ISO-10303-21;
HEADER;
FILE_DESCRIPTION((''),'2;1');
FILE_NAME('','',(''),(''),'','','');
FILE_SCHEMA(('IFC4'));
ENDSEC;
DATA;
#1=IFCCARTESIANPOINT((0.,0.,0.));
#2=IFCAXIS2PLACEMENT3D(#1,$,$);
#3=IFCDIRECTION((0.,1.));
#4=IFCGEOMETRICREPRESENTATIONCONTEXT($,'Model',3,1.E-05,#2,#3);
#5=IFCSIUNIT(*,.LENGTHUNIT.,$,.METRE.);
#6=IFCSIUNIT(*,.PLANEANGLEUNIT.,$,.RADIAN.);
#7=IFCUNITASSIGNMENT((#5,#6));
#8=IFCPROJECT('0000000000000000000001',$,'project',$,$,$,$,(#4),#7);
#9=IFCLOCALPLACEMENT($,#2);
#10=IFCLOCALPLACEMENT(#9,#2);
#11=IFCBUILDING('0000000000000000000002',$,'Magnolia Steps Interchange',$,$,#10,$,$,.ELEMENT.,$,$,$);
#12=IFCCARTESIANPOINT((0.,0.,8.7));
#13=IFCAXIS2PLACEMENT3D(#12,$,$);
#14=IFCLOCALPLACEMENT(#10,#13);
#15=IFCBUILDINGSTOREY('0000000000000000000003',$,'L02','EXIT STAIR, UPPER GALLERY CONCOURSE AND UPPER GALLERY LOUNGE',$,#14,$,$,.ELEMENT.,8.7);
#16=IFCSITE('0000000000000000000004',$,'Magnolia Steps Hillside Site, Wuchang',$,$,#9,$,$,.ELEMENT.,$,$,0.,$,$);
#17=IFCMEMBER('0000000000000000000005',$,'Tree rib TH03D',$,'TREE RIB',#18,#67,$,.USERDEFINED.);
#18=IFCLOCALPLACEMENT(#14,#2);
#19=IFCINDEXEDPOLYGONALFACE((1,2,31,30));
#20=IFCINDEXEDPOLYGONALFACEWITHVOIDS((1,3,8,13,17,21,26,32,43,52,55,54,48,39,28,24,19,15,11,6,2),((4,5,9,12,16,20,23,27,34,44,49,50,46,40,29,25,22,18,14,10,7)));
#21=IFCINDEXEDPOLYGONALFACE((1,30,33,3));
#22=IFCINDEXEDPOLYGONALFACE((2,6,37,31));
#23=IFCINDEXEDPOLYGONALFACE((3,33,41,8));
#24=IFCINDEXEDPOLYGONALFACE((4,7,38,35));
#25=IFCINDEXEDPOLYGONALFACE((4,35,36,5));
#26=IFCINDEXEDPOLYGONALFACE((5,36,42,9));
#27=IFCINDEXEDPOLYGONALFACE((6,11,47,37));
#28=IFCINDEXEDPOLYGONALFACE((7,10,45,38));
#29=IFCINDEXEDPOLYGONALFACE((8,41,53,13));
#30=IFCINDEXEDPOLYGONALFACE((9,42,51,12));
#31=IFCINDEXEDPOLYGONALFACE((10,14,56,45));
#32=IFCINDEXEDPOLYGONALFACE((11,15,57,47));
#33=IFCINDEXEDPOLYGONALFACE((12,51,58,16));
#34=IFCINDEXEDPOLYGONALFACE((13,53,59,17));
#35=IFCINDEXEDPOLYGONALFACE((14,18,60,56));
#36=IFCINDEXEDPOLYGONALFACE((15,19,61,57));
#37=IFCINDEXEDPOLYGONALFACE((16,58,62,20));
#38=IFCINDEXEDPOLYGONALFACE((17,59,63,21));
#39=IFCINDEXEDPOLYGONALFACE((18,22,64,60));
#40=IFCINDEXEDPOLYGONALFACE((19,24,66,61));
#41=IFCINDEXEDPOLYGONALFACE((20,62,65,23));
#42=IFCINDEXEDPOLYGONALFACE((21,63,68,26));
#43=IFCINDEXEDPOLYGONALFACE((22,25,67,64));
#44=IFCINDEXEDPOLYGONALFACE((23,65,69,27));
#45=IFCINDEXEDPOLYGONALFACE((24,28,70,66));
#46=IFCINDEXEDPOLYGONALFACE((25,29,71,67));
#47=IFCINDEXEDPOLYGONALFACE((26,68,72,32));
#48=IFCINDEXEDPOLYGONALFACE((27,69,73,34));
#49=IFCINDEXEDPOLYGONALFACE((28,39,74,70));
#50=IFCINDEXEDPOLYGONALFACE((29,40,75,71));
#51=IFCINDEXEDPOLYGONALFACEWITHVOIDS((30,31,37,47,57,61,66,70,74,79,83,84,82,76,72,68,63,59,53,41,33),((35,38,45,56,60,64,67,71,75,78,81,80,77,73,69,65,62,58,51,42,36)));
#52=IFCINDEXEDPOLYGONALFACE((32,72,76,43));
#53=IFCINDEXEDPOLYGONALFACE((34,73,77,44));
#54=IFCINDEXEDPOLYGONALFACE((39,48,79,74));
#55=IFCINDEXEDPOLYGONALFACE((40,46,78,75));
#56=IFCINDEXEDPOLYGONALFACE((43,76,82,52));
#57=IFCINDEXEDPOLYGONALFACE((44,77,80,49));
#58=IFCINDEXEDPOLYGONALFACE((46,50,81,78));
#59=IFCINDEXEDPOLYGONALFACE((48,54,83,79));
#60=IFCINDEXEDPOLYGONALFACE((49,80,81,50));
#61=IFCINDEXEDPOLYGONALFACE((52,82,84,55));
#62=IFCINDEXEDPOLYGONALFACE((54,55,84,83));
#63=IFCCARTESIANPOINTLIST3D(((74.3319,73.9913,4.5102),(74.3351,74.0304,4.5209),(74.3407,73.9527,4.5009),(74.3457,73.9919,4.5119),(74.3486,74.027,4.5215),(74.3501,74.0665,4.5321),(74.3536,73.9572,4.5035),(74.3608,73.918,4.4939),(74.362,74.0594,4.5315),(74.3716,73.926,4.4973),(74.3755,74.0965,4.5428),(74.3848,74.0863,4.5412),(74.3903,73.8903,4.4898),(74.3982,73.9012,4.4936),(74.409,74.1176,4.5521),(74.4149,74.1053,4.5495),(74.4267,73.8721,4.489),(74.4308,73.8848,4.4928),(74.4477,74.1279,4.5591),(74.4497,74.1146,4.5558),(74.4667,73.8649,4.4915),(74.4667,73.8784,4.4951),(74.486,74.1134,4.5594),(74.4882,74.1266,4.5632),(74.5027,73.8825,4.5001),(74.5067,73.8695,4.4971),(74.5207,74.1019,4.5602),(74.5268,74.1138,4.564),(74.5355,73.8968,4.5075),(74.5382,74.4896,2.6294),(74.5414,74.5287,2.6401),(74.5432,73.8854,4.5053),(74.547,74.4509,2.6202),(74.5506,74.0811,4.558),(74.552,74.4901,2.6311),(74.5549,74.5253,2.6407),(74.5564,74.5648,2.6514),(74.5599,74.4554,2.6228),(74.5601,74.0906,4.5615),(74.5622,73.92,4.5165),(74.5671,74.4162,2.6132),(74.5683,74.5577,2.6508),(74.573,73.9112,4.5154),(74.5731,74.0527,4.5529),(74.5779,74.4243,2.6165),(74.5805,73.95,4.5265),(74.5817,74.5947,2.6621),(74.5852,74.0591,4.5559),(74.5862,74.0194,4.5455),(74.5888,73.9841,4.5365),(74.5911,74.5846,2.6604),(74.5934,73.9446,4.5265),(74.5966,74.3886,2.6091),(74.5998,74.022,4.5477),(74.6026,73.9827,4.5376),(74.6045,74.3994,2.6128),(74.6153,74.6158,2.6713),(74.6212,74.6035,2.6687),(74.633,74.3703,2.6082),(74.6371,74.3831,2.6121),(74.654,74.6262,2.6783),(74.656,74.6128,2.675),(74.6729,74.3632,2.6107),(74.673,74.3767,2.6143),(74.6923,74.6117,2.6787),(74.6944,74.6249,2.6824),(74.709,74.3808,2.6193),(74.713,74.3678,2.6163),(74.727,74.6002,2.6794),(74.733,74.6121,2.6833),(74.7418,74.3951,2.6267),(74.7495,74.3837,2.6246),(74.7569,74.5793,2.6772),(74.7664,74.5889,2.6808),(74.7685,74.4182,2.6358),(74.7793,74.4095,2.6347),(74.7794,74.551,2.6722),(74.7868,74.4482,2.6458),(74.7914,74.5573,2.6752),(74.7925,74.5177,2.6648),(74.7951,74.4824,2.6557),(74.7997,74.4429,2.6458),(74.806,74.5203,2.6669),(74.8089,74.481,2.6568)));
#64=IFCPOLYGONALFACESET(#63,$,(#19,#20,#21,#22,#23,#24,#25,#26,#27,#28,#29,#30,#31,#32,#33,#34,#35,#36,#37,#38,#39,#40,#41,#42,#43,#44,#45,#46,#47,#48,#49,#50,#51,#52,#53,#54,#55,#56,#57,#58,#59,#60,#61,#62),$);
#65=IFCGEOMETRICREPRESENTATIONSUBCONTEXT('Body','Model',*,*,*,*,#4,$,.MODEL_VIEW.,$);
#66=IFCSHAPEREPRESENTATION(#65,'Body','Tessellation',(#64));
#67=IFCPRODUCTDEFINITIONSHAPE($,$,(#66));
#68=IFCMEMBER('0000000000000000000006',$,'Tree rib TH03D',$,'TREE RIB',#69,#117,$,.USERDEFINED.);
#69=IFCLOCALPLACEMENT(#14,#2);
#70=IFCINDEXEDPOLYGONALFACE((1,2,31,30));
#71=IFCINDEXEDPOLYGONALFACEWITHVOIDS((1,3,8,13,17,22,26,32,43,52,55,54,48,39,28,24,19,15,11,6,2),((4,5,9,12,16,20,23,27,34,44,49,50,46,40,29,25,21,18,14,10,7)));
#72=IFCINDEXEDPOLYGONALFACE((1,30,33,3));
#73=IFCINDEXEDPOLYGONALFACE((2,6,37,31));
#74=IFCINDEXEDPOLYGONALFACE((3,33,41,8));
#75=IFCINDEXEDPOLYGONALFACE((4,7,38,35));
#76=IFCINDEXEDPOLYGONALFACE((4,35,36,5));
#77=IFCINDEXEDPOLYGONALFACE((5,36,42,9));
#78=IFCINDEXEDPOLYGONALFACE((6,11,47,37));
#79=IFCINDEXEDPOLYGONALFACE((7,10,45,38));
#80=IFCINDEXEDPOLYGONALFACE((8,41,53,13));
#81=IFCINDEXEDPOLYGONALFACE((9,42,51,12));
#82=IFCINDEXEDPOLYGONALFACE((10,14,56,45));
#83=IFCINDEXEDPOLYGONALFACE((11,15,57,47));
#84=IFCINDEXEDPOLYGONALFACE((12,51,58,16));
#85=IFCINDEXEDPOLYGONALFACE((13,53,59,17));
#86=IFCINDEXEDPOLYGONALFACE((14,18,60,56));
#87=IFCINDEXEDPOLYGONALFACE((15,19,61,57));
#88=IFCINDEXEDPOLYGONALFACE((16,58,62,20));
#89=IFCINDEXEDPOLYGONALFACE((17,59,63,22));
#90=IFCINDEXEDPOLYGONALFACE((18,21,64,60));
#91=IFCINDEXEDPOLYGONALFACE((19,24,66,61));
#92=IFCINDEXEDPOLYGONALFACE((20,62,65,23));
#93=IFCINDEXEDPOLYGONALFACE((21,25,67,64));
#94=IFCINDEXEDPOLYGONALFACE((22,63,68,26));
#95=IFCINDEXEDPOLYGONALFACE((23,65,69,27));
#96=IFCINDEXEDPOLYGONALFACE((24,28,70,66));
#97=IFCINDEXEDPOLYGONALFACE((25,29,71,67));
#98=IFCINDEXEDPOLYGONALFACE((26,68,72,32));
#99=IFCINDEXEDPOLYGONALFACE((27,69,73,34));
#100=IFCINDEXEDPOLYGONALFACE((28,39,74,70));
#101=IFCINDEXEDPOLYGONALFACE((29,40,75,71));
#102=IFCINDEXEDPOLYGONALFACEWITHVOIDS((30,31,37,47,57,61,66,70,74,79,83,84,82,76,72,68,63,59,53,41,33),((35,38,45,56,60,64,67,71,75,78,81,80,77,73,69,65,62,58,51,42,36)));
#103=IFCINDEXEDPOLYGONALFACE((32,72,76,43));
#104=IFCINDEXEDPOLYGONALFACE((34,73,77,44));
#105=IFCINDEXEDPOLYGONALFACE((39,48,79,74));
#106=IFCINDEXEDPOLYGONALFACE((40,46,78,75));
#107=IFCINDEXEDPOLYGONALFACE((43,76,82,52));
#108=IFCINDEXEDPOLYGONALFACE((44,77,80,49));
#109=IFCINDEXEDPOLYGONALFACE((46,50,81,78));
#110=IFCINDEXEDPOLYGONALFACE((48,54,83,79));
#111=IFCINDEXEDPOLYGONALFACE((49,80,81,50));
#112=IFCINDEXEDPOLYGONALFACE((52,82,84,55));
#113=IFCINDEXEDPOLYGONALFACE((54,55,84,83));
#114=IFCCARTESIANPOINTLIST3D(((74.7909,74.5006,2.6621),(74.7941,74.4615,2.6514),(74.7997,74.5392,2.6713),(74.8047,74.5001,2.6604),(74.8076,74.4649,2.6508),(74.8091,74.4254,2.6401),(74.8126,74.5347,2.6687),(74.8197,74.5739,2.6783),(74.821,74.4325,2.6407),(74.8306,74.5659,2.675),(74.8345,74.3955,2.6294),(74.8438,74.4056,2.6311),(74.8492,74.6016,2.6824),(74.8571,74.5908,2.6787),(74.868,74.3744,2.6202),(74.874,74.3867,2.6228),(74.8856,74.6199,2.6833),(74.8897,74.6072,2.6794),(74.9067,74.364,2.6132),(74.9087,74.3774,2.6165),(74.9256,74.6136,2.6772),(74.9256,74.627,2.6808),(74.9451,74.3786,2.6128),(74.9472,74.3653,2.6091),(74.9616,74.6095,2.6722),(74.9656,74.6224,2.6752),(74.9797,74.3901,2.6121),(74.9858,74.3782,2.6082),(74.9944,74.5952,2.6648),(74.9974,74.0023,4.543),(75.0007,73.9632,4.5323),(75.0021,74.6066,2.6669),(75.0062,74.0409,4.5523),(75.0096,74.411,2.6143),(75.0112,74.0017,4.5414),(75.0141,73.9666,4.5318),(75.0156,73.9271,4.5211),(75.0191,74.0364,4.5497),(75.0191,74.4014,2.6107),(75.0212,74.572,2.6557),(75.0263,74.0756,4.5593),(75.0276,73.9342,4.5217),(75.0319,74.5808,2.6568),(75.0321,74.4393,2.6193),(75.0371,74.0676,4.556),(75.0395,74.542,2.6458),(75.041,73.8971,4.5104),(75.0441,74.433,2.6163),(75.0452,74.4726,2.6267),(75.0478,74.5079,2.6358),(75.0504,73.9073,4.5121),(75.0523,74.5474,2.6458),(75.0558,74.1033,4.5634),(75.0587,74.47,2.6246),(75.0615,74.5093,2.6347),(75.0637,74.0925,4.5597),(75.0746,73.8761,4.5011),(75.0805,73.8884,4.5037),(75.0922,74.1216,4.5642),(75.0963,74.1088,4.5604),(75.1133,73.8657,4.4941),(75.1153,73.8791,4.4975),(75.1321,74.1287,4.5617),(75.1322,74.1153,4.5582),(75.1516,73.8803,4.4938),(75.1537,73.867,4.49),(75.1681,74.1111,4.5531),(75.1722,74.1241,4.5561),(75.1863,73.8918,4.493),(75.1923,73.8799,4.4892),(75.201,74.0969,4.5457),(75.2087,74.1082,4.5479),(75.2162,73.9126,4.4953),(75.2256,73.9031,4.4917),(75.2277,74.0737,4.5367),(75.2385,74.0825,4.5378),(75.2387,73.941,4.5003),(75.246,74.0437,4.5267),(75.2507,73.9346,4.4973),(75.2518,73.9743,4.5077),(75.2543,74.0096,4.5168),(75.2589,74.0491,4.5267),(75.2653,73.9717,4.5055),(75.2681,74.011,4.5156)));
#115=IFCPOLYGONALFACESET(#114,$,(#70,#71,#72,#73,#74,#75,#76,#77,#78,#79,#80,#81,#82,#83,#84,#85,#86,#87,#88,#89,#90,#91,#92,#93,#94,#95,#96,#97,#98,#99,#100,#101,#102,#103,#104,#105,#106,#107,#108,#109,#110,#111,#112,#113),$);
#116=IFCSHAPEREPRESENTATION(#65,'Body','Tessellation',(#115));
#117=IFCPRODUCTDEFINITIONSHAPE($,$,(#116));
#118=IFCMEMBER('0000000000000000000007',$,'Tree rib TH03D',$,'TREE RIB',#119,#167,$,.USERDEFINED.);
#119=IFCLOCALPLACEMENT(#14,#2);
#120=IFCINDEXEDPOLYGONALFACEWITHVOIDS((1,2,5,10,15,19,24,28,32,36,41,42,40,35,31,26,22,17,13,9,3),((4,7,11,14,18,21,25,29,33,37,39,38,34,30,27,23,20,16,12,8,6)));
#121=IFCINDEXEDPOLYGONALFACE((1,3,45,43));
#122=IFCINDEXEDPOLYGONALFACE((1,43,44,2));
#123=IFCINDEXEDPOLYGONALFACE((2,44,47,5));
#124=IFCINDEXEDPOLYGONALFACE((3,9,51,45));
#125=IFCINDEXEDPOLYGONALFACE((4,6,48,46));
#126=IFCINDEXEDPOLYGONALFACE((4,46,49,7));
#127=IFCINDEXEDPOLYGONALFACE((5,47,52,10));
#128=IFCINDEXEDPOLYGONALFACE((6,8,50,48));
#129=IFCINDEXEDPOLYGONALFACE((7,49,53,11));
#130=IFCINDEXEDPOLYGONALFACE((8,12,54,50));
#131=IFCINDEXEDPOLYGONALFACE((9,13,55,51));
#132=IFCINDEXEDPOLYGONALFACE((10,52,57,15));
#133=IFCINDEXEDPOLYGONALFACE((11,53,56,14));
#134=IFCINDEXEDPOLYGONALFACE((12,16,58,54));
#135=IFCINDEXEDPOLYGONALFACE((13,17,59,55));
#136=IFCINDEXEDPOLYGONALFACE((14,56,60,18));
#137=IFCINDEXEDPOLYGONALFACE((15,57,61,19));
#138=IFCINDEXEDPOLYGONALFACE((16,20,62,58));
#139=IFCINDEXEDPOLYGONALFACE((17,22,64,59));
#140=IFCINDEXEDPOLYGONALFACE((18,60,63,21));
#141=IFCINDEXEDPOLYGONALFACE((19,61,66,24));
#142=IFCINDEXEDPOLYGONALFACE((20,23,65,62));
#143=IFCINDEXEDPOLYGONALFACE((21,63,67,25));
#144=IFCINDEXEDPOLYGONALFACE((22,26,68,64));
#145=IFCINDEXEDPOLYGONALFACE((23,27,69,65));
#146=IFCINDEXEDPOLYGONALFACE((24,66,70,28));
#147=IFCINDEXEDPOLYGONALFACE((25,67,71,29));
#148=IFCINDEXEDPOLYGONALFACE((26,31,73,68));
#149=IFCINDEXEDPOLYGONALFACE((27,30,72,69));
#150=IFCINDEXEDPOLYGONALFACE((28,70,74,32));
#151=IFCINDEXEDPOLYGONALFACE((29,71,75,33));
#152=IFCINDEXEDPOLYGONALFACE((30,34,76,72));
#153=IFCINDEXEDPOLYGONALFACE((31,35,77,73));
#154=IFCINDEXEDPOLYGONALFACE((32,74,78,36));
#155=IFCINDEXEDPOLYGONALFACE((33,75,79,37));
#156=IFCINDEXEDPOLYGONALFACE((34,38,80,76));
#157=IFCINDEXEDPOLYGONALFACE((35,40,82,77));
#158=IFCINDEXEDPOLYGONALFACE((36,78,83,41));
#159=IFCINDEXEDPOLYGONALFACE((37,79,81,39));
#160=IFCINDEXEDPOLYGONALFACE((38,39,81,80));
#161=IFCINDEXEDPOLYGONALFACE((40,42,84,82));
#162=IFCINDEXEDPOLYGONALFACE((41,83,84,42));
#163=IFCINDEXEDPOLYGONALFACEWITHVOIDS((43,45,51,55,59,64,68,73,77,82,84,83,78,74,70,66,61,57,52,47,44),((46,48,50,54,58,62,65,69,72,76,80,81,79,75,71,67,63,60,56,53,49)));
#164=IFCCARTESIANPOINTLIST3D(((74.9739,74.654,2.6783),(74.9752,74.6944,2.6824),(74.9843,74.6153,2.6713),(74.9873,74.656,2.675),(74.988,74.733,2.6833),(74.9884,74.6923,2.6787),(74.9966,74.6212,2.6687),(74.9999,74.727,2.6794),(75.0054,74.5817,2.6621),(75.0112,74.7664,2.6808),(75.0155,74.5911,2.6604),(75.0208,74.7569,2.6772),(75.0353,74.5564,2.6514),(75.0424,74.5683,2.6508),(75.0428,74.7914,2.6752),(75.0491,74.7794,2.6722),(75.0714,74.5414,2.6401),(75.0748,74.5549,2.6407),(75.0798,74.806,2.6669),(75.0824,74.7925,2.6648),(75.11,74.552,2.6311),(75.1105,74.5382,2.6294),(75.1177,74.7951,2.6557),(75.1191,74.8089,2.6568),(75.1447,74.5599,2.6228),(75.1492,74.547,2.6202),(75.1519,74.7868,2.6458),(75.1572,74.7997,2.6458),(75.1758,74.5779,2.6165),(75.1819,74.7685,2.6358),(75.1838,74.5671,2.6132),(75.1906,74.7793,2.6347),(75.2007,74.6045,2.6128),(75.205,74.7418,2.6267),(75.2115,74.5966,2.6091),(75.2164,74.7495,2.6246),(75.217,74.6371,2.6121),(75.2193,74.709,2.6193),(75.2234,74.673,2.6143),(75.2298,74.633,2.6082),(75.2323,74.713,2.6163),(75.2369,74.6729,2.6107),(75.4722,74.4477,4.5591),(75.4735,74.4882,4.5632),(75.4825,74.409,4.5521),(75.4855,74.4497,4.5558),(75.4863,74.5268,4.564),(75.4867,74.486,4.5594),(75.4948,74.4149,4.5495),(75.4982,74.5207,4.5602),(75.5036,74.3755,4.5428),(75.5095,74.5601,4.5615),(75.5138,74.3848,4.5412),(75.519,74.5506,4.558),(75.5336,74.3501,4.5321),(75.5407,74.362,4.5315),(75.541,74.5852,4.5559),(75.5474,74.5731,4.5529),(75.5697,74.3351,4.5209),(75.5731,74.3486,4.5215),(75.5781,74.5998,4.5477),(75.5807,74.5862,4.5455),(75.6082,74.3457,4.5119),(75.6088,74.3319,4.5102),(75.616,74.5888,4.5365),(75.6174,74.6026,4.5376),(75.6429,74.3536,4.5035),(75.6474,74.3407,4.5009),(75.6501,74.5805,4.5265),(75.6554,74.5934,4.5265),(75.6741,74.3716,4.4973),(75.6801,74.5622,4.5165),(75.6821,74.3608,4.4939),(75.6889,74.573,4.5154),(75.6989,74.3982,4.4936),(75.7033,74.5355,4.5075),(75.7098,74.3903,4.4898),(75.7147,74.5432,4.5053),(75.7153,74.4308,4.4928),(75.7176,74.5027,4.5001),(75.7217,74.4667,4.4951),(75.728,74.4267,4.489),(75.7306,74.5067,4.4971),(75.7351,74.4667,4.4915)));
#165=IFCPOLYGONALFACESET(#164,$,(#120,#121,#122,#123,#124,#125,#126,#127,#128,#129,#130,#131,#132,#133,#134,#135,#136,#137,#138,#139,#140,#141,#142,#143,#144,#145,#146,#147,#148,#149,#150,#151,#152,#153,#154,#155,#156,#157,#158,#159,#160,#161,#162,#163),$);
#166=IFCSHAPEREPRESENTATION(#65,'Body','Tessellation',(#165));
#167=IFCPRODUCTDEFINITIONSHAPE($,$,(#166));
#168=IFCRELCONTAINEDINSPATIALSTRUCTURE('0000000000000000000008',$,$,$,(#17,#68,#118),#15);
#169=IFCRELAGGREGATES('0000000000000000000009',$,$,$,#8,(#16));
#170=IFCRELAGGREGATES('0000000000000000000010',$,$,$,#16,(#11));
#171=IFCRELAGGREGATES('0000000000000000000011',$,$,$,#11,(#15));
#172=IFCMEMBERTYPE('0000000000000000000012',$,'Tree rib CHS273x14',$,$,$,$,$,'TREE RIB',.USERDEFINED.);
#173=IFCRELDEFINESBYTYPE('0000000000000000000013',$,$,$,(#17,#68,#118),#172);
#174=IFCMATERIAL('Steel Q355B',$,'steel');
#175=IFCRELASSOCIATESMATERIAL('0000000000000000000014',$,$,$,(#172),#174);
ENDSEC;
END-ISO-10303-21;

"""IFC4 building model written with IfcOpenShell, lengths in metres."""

from ifc_helpers import new_model, si_unit, direction, frame, origin, origin_2d, place, context, subcontext, project, spatial, hollow_circle, extrude, material, material_profile, profile_set, type_object, element, save


model = new_model("IFC4")

# Units and contexts
model_context = context("Model", 3, precision=1e-05, world=origin(), true_north=direction((0.0, 1.0)))
body_context = subcontext(model_context, "Body", "Model", "MODEL_VIEW")
ifc_project = project(units=[si_unit("LENGTHUNIT", "METRE"), si_unit("PLANEANGLEUNIT", "RADIAN")], contexts=[model_context])

# Site, building, storey
site_placement = place(None, origin())
site = spatial("IfcSite", under=ifc_project, at=site_placement, Name="Magnolia Steps Hillside Site, Wuchang", CompositionType="ELEMENT", RefElevation=0.0)
building_placement = place(site_placement, origin())
building = spatial("IfcBuilding", under=site, at=building_placement, Name="Magnolia Steps Interchange", CompositionType="ELEMENT")
storey_placement = place(building_placement, frame((0.0, 0.0, 8.7)))
storey = spatial("IfcBuildingStorey", under=building, at=storey_placement, Name="L02", Description="EXIT STAIR, UPPER GALLERY CONCOURSE AND UPPER GALLERY LOUNGE", CompositionType="ELEMENT", Elevation=8.7)

# Members
ifc_material_1 = material(Name="Steel Q355B", Category="steel")
ifc_material_profile_1 = material_profile(ifc_material_1, hollow_circle(Radius=0.1365, WallThickness=0.0139, at=origin_2d()), Name="CHS273x14")
ifc_profile_set_1 = profile_set([ifc_material_profile_1], Name="Steel Q355B")
member_type_1 = type_object("IfcMemberType", Name="Tree rib CHS273x14", ElementType="TREE RIB", PredefinedType="USERDEFINED", material=ifc_profile_set_1)
for number, where, z_axis, x_axis, name in (
    (1, (74.6736, 74.4951, 2.6458), (-0.105435, -0.254665, 0.961264), (0.923945, -0.382525, 0.0), "Tree rib TH03D"),
):
    element("IfcMember", number, at=place(storey_placement, frame(where, z_axis=z_axis, x_axis=x_axis)), inside=storey, type_object=member_type_1, Name=name, ObjectType="TREE RIB", PredefinedType="USERDEFINED", context=body_context, shape_type="SweptSolid", body=[
        extrude(hollow_circle(Radius=0.1365, WallThickness=0.0139, at=origin_2d()), origin(), (0.0, 0.0, 1.0), 1.9565),
    ])
member_1_placement = place(storey_placement, frame((74.9263, 74.4951, 2.6458), z_axis=(0.105558, -0.254662, 0.961252), x_axis=(0.923785, 0.382911, 0.0)))
element("IfcMember", 2, at=member_1_placement, inside=storey, type_object=member_type_1, Name="Tree rib TH03D", ObjectType="TREE RIB", PredefinedType="USERDEFINED", context=body_context, shape_type="SweptSolid", body=[
    extrude(hollow_circle(Radius=0.1365, WallThickness=0.0139, at=origin_2d()), origin(), (0.0, 0.0, 1.0), 1.9568),
])
for number, where, z_axis, x_axis, name in (
    (3, (75.105, 74.6736, 2.6458), (0.254665, -0.105435, 0.961264), (0.382525, 0.923945, 0.0), "Tree rib TH03D"),
):
    element("IfcMember", number, at=place(storey_placement, frame(where, z_axis=z_axis, x_axis=x_axis)), inside=storey, type_object=member_type_1, Name=name, ObjectType="TREE RIB", PredefinedType="USERDEFINED", context=body_context, shape_type="SweptSolid", body=[
        extrude(hollow_circle(Radius=0.1365, WallThickness=0.0139, at=origin_2d()), origin(), (0.0, 0.0, 1.0), 1.9565),
    ])

save(model, "model.ifc")
